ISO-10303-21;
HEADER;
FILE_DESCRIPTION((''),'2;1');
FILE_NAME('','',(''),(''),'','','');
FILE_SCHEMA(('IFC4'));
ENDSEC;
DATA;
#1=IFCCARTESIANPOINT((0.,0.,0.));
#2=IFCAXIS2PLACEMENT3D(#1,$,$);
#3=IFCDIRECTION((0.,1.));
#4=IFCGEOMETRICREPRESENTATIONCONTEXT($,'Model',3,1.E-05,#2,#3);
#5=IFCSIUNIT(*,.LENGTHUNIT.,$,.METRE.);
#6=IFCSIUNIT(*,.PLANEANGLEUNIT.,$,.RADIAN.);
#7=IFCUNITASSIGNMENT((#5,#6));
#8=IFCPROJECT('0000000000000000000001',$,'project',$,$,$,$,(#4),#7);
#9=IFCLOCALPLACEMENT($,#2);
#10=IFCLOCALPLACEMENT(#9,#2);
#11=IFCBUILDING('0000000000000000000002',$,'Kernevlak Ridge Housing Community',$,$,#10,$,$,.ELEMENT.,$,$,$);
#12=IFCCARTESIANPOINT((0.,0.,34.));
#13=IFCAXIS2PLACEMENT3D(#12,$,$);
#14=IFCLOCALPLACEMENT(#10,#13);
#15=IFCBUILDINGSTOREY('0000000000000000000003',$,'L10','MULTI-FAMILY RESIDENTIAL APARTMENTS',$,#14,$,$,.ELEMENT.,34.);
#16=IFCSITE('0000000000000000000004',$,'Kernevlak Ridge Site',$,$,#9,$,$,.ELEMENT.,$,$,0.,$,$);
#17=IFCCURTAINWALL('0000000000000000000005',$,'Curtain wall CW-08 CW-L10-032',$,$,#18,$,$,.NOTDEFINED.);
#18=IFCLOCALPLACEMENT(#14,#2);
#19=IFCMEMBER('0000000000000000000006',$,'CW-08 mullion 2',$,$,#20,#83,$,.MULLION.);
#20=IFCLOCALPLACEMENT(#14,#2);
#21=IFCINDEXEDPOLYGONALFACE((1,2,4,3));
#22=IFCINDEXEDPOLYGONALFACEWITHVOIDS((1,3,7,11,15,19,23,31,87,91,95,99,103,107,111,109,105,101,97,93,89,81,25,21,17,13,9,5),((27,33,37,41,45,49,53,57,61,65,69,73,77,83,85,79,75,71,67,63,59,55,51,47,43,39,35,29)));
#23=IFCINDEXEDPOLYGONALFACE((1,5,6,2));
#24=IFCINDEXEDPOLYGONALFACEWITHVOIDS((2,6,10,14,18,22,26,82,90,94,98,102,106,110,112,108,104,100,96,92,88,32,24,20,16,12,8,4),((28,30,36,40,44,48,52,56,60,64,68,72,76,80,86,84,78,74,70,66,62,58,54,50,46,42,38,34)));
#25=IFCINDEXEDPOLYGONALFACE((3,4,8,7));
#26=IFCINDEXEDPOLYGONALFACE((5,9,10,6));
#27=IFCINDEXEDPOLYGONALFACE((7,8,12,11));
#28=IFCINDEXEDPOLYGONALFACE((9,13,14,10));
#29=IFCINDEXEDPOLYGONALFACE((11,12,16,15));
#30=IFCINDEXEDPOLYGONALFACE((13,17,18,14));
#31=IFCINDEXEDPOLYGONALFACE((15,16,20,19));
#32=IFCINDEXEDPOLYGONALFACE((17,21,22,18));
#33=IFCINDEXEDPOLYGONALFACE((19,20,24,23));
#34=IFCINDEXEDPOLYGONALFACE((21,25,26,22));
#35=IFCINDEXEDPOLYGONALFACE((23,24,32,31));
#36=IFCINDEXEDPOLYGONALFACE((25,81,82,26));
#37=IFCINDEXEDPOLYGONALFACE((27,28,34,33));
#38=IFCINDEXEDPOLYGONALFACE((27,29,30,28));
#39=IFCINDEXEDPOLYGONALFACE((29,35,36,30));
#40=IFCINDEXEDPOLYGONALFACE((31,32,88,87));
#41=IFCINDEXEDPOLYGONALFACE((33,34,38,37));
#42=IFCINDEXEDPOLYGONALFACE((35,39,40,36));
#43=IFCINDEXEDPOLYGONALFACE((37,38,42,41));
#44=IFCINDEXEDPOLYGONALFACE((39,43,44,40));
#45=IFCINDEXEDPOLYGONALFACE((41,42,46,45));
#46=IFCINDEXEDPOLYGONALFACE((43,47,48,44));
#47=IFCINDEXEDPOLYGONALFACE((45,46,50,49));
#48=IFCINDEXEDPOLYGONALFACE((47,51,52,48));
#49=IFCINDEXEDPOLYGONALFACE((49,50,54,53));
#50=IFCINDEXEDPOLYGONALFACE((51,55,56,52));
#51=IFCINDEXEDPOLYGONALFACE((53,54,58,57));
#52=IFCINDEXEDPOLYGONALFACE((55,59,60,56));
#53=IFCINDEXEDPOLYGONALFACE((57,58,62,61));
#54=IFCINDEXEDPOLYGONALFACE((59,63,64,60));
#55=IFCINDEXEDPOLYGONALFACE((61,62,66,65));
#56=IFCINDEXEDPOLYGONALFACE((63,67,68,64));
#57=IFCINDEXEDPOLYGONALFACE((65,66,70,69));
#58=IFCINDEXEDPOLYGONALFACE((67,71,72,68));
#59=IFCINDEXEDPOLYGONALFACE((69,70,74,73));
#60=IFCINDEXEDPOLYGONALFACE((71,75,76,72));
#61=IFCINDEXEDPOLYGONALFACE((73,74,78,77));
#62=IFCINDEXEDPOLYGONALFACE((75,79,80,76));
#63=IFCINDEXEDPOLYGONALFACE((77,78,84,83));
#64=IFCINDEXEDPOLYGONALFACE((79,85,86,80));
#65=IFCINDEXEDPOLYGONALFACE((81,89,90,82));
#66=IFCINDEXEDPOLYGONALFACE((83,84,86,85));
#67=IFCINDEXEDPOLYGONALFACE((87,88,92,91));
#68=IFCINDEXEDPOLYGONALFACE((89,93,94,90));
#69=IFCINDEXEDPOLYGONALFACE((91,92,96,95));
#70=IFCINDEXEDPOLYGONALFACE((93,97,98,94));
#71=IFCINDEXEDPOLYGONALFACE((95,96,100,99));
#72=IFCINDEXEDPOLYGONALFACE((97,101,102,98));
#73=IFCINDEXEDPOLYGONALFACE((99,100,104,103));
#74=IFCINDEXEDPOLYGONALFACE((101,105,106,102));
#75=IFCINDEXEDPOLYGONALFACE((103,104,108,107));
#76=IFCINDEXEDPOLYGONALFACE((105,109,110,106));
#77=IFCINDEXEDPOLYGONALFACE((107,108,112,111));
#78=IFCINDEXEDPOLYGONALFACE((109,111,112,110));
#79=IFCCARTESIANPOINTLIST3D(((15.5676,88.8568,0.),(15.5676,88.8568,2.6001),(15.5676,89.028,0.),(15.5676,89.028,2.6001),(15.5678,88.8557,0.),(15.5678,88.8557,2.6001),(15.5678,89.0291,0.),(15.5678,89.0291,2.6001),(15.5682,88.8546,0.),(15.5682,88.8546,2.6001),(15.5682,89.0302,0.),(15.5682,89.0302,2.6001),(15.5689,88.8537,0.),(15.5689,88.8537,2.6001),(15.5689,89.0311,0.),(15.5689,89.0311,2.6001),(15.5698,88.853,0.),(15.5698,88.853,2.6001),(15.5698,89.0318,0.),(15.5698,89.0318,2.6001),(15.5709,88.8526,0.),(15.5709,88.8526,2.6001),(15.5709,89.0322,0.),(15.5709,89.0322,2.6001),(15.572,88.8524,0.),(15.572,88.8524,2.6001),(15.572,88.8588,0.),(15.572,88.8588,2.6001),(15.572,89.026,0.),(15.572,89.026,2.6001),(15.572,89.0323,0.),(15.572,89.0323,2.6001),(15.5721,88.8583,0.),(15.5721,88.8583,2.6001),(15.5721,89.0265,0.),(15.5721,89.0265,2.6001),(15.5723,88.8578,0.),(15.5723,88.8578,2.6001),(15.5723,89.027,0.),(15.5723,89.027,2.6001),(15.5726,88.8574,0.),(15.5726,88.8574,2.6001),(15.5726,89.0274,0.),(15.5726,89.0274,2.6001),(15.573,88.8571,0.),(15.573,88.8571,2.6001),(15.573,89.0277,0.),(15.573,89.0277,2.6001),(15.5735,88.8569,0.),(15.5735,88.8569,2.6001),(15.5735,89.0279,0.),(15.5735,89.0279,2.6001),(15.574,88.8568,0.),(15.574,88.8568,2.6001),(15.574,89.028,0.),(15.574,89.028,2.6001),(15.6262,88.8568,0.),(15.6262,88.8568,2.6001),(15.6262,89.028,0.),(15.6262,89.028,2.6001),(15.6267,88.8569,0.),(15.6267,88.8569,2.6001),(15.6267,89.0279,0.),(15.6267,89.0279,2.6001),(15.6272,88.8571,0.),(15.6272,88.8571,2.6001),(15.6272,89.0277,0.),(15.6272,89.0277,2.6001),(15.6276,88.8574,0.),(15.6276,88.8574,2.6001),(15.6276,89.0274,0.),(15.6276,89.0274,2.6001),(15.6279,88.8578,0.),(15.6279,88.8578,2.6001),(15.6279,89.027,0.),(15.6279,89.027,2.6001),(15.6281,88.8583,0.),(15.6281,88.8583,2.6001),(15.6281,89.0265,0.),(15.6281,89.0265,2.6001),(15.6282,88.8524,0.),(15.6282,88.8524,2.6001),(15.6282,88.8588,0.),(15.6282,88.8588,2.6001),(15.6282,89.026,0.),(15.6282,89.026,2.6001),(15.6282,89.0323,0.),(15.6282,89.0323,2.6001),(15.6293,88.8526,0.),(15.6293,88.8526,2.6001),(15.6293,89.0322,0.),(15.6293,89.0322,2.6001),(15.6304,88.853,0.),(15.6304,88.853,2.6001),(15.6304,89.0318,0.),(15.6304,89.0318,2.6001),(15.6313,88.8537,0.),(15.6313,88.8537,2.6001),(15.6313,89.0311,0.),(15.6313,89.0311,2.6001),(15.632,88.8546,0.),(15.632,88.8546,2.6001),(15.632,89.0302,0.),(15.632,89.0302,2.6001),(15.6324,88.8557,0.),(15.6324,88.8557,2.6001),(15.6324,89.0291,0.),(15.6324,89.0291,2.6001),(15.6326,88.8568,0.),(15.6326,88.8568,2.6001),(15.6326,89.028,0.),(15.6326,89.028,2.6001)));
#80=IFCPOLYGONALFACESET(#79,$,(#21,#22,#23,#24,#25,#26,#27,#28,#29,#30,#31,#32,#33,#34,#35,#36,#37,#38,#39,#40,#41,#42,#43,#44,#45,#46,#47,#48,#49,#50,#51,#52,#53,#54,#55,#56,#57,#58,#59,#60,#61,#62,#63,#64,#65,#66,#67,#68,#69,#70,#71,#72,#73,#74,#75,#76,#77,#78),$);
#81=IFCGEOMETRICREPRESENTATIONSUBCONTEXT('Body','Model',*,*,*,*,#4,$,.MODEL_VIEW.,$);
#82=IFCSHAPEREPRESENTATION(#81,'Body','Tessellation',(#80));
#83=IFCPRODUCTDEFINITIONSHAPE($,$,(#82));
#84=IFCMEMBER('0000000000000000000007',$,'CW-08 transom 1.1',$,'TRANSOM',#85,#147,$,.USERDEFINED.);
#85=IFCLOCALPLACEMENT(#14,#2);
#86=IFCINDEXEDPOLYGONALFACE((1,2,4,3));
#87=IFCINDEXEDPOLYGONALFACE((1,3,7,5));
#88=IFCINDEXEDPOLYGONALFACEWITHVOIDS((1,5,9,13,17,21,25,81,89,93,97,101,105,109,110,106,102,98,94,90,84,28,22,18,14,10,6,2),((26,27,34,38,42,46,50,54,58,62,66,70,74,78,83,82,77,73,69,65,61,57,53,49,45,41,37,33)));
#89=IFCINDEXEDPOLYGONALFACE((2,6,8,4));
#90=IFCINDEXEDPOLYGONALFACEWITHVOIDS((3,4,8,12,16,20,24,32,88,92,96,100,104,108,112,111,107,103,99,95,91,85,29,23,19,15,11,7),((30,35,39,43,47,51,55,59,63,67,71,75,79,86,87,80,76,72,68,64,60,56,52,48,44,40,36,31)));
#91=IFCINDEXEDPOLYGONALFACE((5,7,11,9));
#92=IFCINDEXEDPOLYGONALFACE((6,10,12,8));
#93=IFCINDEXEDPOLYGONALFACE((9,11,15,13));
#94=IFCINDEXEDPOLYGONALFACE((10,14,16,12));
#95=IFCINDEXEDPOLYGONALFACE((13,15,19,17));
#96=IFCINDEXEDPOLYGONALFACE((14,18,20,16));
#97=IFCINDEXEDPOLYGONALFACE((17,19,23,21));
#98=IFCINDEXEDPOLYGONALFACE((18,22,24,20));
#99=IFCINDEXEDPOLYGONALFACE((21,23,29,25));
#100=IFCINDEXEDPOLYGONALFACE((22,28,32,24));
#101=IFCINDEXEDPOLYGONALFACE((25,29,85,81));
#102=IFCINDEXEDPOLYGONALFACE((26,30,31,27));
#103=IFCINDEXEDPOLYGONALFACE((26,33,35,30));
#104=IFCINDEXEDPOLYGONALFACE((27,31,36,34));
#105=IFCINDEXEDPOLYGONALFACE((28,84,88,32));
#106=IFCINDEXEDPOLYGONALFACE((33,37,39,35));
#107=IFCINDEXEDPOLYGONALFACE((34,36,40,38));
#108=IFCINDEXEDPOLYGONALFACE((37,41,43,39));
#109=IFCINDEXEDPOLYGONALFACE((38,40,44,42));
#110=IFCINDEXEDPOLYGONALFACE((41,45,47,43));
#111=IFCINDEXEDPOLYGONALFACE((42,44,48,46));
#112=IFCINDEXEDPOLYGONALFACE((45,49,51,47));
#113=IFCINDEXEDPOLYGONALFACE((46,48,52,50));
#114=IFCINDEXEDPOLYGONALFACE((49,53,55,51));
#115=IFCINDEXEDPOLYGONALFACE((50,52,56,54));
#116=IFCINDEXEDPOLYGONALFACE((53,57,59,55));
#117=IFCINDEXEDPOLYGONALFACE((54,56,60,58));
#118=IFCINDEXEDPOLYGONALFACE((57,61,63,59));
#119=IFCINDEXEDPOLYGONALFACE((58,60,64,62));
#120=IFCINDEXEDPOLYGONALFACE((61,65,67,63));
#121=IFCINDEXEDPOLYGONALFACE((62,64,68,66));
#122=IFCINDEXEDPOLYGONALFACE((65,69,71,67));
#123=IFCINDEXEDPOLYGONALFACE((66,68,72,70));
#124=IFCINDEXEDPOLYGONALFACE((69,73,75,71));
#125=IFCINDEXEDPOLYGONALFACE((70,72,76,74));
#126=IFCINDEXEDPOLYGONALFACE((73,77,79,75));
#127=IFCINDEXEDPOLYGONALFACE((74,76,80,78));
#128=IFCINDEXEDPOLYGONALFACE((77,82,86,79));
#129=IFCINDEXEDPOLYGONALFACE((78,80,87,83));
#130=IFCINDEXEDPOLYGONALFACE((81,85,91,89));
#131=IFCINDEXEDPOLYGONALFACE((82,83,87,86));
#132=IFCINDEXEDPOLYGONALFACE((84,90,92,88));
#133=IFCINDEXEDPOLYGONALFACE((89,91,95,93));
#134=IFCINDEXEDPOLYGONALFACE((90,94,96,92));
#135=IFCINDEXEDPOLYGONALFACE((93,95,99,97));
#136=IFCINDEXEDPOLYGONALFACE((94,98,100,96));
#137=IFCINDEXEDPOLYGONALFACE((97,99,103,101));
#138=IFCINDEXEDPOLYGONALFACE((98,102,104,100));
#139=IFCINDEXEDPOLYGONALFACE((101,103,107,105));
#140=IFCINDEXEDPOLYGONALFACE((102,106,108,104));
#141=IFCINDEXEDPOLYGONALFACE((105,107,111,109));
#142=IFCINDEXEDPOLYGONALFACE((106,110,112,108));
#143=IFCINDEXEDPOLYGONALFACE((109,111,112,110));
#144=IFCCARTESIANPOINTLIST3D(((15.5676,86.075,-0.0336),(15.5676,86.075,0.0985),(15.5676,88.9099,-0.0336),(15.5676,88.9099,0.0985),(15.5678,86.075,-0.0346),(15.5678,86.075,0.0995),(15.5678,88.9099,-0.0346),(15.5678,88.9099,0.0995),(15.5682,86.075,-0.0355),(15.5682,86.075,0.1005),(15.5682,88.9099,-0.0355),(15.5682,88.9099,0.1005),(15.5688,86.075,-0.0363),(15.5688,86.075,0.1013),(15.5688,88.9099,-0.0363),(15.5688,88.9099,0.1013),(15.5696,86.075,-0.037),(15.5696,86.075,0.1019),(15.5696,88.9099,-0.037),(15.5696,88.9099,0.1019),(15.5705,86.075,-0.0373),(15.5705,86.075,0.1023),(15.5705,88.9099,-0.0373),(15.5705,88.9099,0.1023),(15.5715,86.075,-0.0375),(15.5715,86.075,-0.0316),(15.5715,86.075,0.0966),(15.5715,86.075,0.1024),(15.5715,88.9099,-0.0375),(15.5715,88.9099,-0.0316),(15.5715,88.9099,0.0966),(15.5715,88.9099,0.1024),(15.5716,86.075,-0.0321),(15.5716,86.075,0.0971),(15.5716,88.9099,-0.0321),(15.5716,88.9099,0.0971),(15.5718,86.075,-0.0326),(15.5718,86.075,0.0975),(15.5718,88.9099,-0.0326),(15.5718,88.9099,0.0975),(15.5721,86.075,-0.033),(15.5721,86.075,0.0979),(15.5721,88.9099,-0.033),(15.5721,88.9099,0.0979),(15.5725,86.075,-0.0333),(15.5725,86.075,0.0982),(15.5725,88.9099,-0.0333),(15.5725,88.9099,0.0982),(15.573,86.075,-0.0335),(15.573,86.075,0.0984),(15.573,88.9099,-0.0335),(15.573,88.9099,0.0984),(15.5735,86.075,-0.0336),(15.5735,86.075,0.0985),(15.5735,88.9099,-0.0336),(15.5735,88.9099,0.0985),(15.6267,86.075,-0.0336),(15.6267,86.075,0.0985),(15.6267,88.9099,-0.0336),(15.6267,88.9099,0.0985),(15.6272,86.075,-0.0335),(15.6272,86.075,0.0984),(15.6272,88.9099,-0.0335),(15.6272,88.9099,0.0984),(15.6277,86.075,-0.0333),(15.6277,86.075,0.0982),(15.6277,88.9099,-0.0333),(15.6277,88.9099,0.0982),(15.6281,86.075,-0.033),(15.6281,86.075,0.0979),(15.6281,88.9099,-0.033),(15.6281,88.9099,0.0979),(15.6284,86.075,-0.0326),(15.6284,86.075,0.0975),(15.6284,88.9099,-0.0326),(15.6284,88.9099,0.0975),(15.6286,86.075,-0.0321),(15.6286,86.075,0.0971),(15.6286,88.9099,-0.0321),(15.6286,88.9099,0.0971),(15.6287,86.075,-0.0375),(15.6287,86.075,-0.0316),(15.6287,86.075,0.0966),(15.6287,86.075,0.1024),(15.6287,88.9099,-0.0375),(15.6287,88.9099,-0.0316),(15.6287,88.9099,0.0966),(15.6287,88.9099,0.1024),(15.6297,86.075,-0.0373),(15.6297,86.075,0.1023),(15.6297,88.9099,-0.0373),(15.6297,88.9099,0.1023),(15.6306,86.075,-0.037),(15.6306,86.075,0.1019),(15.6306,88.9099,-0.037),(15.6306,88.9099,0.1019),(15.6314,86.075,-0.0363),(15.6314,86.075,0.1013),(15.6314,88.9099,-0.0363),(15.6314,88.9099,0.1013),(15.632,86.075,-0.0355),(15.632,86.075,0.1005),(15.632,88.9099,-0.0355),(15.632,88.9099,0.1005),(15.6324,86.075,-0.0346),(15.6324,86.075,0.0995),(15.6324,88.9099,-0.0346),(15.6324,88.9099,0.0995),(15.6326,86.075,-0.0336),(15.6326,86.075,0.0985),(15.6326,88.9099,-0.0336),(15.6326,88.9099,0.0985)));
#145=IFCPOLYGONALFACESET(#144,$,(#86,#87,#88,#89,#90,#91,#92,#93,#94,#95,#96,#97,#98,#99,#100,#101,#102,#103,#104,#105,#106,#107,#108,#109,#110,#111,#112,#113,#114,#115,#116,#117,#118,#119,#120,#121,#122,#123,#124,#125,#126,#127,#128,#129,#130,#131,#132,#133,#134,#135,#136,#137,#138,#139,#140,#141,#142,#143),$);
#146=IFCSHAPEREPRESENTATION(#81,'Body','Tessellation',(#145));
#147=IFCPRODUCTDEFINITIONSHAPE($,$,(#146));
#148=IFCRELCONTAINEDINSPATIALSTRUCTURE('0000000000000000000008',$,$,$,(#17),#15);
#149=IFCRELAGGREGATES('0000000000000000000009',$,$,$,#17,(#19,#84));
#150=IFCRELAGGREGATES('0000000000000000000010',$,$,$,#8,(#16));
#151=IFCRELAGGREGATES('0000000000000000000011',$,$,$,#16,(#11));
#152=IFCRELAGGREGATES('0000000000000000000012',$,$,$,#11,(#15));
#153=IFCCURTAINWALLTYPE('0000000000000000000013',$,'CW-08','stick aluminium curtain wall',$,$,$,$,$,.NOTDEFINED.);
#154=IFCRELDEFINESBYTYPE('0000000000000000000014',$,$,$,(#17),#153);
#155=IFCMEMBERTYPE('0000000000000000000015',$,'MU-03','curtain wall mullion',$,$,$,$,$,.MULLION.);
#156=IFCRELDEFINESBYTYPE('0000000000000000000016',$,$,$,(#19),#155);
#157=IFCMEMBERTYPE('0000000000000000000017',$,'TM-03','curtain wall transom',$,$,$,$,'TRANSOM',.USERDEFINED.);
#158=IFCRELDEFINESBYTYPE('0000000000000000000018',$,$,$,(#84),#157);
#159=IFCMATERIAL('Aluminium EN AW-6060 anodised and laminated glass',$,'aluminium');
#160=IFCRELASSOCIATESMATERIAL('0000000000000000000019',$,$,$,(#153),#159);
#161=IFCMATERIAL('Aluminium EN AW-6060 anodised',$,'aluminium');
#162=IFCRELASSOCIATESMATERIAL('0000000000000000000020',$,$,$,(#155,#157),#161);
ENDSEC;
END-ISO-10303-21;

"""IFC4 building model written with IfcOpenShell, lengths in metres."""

from ifc_helpers import new_model, si_unit, direction, frame, origin, origin_2d, place, context, subcontext, project, spatial, hollow_rectangle, extrude, material, material_profile, profile_set, type_object, element, aggregate, save


model = new_model("IFC4")

# Units and contexts
model_context = context("Model", 3, precision=1e-05, world=origin(), true_north=direction((0.0, 1.0)))
body_context = subcontext(model_context, "Body", "Model", "MODEL_VIEW")
ifc_project = project(units=[si_unit("LENGTHUNIT", "METRE"), si_unit("PLANEANGLEUNIT", "RADIAN")], contexts=[model_context])

# Site, building, storey
site_placement = place(None, origin())
site = spatial("IfcSite", under=ifc_project, at=site_placement, Name="Kernevlak Ridge Site", CompositionType="ELEMENT", RefElevation=0.0)
building_placement = place(site_placement, origin())
building = spatial("IfcBuilding", under=site, at=building_placement, Name="Kernevlak Ridge Housing Community", CompositionType="ELEMENT")
storey_placement = place(building_placement, frame((0.0, 0.0, 34.0)))
storey = spatial("IfcBuildingStorey", under=building, at=storey_placement, Name="L10", Description="MULTI-FAMILY RESIDENTIAL APARTMENTS", CompositionType="ELEMENT", Elevation=34.0)

# Shared definitions
ifc_material_1 = material(Name="Aluminium EN AW-6060 anodised and laminated glass", Category="aluminium")
ifc_material_2 = material(Name="Aluminium EN AW-6060 anodised", Category="aluminium")

# Curtain wall, members
curtain_wall_type_1 = type_object("IfcCurtainWallType", Name="CW-08", Description="stick aluminium curtain wall", PredefinedType="NOTDEFINED", material=ifc_material_1)
curtain_wall_1_placement = place(storey_placement, origin())
curtain_wall_1 = element("IfcCurtainWall", 1, at=curtain_wall_1_placement, inside=storey, type_object=curtain_wall_type_1, Name="Curtain wall CW-08 CW-L10-032", PredefinedType="NOTDEFINED")
ifc_material_profile_1 = material_profile(ifc_material_2, hollow_rectangle(XDim=0.0649, YDim=0.1799, WallThickness=0.0044, InnerFilletRadius=0.002, OuterFilletRadius=0.0044, at=origin_2d()), Name="ALU 65x180x4.5")
ifc_profile_set_1 = profile_set([ifc_material_profile_1], Name="Aluminium EN AW-6060 anodised")
member_type_1 = type_object("IfcMemberType", Name="MU-03", Description="curtain wall mullion", PredefinedType="MULLION", material=ifc_profile_set_1)
member_1_placement = place(storey_placement, frame((15.6001, 88.9424, 0.0), z_axis=(0.0, 0.0, 1.0), x_axis=(-1.0, 0.0, 0.0)))
member_1 = element("IfcMember", 2, at=member_1_placement, type_object=member_type_1, Name="CW-08 mullion 2", PredefinedType="MULLION", context=body_context, shape_type="SweptSolid", body=[
    extrude(hollow_rectangle(XDim=0.0649, YDim=0.1799, WallThickness=0.0044, InnerFilletRadius=0.002, OuterFilletRadius=0.0044, at=origin_2d()), origin(), (0.0, 0.0, 1.0), 2.6001),
])
ifc_material_profile_2 = material_profile(ifc_material_2, hollow_rectangle(XDim=0.0649, YDim=0.1399, WallThickness=0.0039, InnerFilletRadius=0.002, OuterFilletRadius=0.0039, at=origin_2d()), Name="ALU 65x140x4")
ifc_profile_set_2 = profile_set([ifc_material_profile_2], Name="Aluminium EN AW-6060 anodised")
member_type_2 = type_object("IfcMemberType", Name="TM-03", Description="curtain wall transom", ElementType="TRANSOM", PredefinedType="USERDEFINED", material=ifc_profile_set_2)
member_2_placement = place(storey_placement, frame((15.6001, 86.075, 0.0325), z_axis=(0.0, 1.0, 0.0), x_axis=(-1.0, 0.0, 0.0)))
member_2 = element("IfcMember", 3, at=member_2_placement, type_object=member_type_2, Name="CW-08 transom 1.1", ObjectType="TRANSOM", PredefinedType="USERDEFINED", context=body_context, shape_type="SweptSolid", body=[
    extrude(hollow_rectangle(XDim=0.0649, YDim=0.1399, WallThickness=0.0039, InnerFilletRadius=0.002, OuterFilletRadius=0.0039, at=origin_2d()), origin(), (0.0, 0.0, 1.0), 2.835),
])

aggregate(curtain_wall_1, [member_1, member_2])

save(model, "model.ifc")
